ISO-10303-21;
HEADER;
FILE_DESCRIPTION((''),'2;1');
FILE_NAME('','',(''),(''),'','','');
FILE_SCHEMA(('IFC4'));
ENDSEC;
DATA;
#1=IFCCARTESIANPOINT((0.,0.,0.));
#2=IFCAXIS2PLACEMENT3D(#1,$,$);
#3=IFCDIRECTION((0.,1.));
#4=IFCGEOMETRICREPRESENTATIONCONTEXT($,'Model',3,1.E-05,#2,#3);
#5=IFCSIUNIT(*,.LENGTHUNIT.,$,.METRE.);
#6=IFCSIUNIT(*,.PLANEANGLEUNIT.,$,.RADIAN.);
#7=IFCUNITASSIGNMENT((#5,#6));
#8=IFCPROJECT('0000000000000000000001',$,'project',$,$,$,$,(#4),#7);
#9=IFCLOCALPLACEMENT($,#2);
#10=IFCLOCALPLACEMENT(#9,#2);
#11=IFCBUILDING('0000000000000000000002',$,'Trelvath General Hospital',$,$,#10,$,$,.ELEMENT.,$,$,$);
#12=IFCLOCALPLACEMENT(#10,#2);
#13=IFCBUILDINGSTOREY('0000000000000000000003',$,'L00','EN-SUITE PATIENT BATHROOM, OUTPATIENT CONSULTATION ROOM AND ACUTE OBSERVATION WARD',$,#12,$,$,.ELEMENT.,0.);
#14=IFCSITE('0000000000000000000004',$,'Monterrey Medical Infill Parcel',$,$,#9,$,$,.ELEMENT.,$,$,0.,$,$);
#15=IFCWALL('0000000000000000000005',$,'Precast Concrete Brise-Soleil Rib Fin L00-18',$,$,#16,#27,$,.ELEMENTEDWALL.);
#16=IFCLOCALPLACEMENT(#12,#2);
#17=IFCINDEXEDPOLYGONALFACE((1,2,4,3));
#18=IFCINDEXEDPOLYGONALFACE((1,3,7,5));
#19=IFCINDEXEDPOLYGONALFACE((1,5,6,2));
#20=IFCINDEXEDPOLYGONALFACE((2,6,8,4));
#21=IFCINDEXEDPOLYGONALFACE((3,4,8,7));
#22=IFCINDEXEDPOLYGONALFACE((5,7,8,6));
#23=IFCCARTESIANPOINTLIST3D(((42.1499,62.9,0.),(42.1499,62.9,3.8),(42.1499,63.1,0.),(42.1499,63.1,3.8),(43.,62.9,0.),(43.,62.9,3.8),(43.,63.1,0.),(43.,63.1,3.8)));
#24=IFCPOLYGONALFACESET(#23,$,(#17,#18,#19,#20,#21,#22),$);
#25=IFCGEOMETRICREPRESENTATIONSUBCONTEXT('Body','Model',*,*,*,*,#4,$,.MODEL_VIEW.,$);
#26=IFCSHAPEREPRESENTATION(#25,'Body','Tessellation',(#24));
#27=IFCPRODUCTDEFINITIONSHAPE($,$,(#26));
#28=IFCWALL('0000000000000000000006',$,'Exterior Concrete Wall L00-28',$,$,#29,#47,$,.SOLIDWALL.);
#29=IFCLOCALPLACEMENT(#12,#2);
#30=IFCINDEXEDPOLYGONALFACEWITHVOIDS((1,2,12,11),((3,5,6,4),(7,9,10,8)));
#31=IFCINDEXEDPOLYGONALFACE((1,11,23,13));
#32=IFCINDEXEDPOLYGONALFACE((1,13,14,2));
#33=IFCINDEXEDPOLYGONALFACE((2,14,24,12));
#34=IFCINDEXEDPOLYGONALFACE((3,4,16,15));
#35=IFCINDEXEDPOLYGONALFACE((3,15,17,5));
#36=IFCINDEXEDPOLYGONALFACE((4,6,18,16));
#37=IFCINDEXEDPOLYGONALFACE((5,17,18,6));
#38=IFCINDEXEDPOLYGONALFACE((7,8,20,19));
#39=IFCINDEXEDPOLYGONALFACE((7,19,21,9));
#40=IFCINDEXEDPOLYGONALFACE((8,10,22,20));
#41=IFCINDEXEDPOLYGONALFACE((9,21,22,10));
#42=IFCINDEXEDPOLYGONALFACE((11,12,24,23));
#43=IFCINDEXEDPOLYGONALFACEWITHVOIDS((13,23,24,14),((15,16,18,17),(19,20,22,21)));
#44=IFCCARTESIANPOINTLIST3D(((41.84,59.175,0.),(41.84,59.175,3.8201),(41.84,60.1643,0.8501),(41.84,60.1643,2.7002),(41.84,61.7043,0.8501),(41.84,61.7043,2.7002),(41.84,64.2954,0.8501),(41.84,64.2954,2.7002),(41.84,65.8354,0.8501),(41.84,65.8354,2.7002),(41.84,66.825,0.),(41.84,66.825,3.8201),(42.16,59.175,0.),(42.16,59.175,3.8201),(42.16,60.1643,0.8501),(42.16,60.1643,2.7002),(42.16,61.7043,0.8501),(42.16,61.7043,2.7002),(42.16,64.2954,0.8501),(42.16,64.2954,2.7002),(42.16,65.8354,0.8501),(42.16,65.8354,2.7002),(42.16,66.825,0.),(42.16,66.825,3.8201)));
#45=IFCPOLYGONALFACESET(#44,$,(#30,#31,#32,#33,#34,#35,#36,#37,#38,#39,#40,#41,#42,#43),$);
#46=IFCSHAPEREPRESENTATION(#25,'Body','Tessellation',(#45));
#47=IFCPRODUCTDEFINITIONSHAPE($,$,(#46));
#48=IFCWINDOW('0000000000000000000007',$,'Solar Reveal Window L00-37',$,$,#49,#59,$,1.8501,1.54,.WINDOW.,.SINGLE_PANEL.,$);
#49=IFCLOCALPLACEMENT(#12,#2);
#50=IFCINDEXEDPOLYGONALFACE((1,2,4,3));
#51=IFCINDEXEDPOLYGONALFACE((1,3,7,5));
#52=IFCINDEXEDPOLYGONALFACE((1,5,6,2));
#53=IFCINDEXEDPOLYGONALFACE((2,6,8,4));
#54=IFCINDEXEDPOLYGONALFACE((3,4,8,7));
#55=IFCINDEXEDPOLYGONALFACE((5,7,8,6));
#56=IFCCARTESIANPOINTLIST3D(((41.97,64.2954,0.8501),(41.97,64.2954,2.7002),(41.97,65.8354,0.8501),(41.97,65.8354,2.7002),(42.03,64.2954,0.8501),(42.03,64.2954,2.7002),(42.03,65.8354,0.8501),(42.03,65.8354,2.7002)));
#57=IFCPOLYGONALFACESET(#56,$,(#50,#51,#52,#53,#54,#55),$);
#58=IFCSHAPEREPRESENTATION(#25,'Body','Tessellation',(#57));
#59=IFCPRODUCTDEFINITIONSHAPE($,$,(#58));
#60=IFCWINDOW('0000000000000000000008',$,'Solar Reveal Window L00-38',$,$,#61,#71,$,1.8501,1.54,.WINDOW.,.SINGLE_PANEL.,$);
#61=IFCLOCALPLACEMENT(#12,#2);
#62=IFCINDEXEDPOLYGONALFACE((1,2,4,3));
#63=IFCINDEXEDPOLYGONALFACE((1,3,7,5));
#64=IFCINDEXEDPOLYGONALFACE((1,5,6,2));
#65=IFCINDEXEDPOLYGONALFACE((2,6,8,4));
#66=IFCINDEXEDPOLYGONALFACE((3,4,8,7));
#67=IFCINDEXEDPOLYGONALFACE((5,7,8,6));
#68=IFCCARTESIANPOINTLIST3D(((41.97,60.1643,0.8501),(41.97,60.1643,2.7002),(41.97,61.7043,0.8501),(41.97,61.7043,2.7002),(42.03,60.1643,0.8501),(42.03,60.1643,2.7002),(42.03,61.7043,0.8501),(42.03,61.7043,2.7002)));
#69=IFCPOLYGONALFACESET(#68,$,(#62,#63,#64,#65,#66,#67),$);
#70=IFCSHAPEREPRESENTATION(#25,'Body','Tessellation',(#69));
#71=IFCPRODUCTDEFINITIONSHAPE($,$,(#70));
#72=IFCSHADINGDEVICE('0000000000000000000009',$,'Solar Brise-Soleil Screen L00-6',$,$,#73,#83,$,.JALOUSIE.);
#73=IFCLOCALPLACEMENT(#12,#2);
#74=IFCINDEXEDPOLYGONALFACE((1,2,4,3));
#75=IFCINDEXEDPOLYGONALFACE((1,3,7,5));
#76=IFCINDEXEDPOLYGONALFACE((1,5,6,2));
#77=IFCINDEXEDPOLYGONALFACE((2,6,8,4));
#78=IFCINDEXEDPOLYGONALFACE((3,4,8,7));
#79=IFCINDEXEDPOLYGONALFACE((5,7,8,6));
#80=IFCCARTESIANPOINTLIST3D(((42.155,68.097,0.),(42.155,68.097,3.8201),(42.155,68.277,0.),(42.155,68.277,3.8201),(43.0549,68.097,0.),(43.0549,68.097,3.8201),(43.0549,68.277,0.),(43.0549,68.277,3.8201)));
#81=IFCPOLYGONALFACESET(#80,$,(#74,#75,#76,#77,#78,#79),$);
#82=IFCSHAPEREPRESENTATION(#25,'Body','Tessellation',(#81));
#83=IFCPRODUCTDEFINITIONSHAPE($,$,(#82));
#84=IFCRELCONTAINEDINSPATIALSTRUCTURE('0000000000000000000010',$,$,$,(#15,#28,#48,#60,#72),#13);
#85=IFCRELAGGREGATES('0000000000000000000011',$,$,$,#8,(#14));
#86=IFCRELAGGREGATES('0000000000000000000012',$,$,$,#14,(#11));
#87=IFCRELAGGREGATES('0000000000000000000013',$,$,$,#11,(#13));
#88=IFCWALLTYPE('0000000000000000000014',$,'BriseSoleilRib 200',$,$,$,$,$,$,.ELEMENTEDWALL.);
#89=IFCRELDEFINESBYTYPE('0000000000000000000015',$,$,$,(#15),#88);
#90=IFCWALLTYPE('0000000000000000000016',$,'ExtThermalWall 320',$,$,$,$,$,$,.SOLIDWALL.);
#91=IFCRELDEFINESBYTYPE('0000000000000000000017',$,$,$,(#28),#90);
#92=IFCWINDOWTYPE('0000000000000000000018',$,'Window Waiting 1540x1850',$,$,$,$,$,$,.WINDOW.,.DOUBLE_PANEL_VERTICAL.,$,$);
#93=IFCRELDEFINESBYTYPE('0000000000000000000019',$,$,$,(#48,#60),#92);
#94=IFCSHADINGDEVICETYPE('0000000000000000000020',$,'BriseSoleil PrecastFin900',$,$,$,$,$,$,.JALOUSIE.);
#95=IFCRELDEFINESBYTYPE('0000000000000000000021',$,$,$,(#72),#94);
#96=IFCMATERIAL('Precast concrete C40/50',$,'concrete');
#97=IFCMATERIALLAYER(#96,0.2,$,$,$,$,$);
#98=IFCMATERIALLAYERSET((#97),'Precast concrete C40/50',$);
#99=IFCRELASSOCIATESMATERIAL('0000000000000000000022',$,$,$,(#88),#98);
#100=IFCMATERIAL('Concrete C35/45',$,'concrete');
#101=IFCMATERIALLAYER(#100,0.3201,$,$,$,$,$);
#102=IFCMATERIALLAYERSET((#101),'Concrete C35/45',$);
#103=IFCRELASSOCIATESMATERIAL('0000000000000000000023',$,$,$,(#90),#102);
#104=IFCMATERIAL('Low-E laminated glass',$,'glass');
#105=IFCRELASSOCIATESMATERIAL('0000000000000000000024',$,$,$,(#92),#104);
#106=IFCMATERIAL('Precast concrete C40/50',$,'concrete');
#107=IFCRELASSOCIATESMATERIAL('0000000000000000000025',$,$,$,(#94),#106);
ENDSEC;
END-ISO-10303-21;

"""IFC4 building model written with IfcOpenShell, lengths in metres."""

from ifc_helpers import new_model, si_unit, direction, frame, frame_2d, origin, origin_2d, place, context, subcontext, project, spatial, rectangle, extrude, material, layer, layer_set, type_object, element, fill, save


model = new_model("IFC4")

# Units and contexts
model_context = context("Model", 3, precision=1e-05, world=origin(), true_north=direction((0.0, 1.0)))
body_context = subcontext(model_context, "Body", "Model", "MODEL_VIEW")
ifc_project = project(units=[si_unit("LENGTHUNIT", "METRE"), si_unit("PLANEANGLEUNIT", "RADIAN")], contexts=[model_context])

# Site, building, storey
site_placement = place(None, origin())
site = spatial("IfcSite", under=ifc_project, at=site_placement, Name="Monterrey Medical Infill Parcel", CompositionType="ELEMENT", RefElevation=0.0)
building_placement = place(site_placement, origin())
building = spatial("IfcBuilding", under=site, at=building_placement, Name="Trelvath General Hospital", CompositionType="ELEMENT")
storey_placement = place(building_placement, origin())
storey = spatial("IfcBuildingStorey", under=building, at=storey_placement, Name="L00", Description="EN-SUITE PATIENT BATHROOM, OUTPATIENT CONSULTATION ROOM AND ACUTE OBSERVATION WARD", CompositionType="ELEMENT", Elevation=0.0)

# Wall
ifc_material_1 = material(Name="Precast concrete C40/50", Category="concrete")
ifc_layer_1 = layer(ifc_material_1, 0.2)
ifc_layer_set_1 = layer_set([ifc_layer_1], Name="Precast concrete C40/50")
wall_type_1 = type_object("IfcWallType", Name="BriseSoleilRib 200", PredefinedType="ELEMENTEDWALL", material=ifc_layer_set_1)
wall_1_placement = place(storey_placement, frame((42.1499, 63.0, 0.0), z_axis=(0.0, 0.0, 1.0), x_axis=(1.0, 0.0, 0.0)))
element("IfcWall", 1, at=wall_1_placement, inside=storey, type_object=wall_type_1, Name="Precast Concrete Brise-Soleil Rib Fin L00-18", PredefinedType="ELEMENTEDWALL", context=body_context, shape_type="SweptSolid", body=[
    extrude(rectangle(XDim=0.8501, YDim=0.2, at=frame_2d((0.425, 0.0))), origin(), (0.0, 0.0, 1.0), 3.8),
])

# Wall, openings, windows
ifc_material_2 = material(Name="Concrete C35/45", Category="concrete")
ifc_layer_2 = layer(ifc_material_2, 0.3201)
ifc_layer_set_2 = layer_set([ifc_layer_2], Name="Concrete C35/45")
wall_type_2 = type_object("IfcWallType", Name="ExtThermalWall 320", PredefinedType="SOLIDWALL", material=ifc_layer_set_2)
wall_2_placement = place(storey_placement, frame((42.0, 66.825, 0.0), z_axis=(0.0, 0.0, 1.0), x_axis=(0.0, -1.0, 0.0)))
wall_2 = element("IfcWall", 2, at=wall_2_placement, inside=storey, type_object=wall_type_2, Name="Exterior Concrete Wall L00-28", PredefinedType="SOLIDWALL", context=body_context, shape_type="SweptSolid", body=[
    extrude(rectangle(XDim=7.6499, YDim=0.3201, at=frame_2d((3.825, 0.0))), origin(), (0.0, 0.0, 1.0), 3.8201),
])
opening_1_placement = place(wall_2_placement, frame((0.9895, 0.0, 0.8501)))
opening_1 = element("IfcOpeningElement", 3, at=opening_1_placement, cuts=wall_2, PredefinedType="OPENING", context=body_context, shape_type="SweptSolid", body=[
    extrude(rectangle(XDim=1.54, YDim=1.8501, at=frame_2d((0.77, 0.925))), frame((0.0, 0.1699, 0.0), z_axis=(0.0, -1.0, 0.0), x_axis=(1.0, 0.0, 0.0)), (0.0, 0.0, 1.0), 0.3401),
])
opening_2_placement = place(wall_2_placement, frame((5.1206, 0.0, 0.8501)))
opening_2 = element("IfcOpeningElement", 4, at=opening_2_placement, cuts=wall_2, PredefinedType="OPENING", context=body_context, shape_type="SweptSolid", body=[
    extrude(rectangle(XDim=1.54, YDim=1.8501, at=frame_2d((0.77, 0.925))), frame((0.0, 0.1699, 0.0), z_axis=(0.0, -1.0, 0.0), x_axis=(1.0, 0.0, 0.0)), (0.0, 0.0, 1.0), 0.3401),
])
ifc_material_3 = material(Name="Low-E laminated glass", Category="glass")
window_type = type_object("IfcWindowType", Name="Window Waiting 1540x1850", PartitioningType="DOUBLE_PANEL_VERTICAL", PredefinedType="WINDOW", material=ifc_material_3)
window_1_placement = place(opening_1_placement, origin())
window_1 = element("IfcWindow", 5, at=window_1_placement, inside=storey, type_object=window_type, Name="Solar Reveal Window L00-37", OverallHeight=1.8501, OverallWidth=1.54, PartitioningType="SINGLE_PANEL", PredefinedType="WINDOW", context=body_context, shape_type="SweptSolid", body=[
    extrude(rectangle(XDim=1.54, YDim=1.8501, at=frame_2d((0.77, 0.925))), frame((0.0, 0.03, 0.0), z_axis=(0.0, -1.0, 0.0), x_axis=(1.0, 0.0, 0.0)), (0.0, 0.0, 1.0), 0.0601),
])
fill(opening_1, window_1)
window_2_placement = place(opening_2_placement, origin())
window_2 = element("IfcWindow", 6, at=window_2_placement, inside=storey, type_object=window_type, Name="Solar Reveal Window L00-38", OverallHeight=1.8501, OverallWidth=1.54, PartitioningType="SINGLE_PANEL", PredefinedType="WINDOW", context=body_context, shape_type="SweptSolid", body=[
    extrude(rectangle(XDim=1.54, YDim=1.8501, at=frame_2d((0.77, 0.925))), frame((0.0, 0.03, 0.0), z_axis=(0.0, -1.0, 0.0), x_axis=(1.0, 0.0, 0.0)), (0.0, 0.0, 1.0), 0.0601),
])
fill(opening_2, window_2)

# Shading device
ifc_material_4 = material(Name="Precast concrete C40/50", Category="concrete")
shading_device_type = type_object("IfcShadingDeviceType", Name="BriseSoleil PrecastFin900", PredefinedType="JALOUSIE", material=ifc_material_4)
shading_device_placement = place(storey_placement, frame((42.605, 68.187, 0.0), z_axis=(0.0, 0.0, 1.0), x_axis=(1.0, 0.0, 0.0)))
element("IfcShadingDevice", 7, at=shading_device_placement, inside=storey, type_object=shading_device_type, Name="Solar Brise-Soleil Screen L00-6", PredefinedType="JALOUSIE", context=body_context, shape_type="SweptSolid", body=[
    extrude(rectangle(XDim=0.8999, YDim=0.1799, at=origin_2d()), origin(), (0.0, 0.0, 1.0), 3.8201),
])

save(model, "model.ifc")
